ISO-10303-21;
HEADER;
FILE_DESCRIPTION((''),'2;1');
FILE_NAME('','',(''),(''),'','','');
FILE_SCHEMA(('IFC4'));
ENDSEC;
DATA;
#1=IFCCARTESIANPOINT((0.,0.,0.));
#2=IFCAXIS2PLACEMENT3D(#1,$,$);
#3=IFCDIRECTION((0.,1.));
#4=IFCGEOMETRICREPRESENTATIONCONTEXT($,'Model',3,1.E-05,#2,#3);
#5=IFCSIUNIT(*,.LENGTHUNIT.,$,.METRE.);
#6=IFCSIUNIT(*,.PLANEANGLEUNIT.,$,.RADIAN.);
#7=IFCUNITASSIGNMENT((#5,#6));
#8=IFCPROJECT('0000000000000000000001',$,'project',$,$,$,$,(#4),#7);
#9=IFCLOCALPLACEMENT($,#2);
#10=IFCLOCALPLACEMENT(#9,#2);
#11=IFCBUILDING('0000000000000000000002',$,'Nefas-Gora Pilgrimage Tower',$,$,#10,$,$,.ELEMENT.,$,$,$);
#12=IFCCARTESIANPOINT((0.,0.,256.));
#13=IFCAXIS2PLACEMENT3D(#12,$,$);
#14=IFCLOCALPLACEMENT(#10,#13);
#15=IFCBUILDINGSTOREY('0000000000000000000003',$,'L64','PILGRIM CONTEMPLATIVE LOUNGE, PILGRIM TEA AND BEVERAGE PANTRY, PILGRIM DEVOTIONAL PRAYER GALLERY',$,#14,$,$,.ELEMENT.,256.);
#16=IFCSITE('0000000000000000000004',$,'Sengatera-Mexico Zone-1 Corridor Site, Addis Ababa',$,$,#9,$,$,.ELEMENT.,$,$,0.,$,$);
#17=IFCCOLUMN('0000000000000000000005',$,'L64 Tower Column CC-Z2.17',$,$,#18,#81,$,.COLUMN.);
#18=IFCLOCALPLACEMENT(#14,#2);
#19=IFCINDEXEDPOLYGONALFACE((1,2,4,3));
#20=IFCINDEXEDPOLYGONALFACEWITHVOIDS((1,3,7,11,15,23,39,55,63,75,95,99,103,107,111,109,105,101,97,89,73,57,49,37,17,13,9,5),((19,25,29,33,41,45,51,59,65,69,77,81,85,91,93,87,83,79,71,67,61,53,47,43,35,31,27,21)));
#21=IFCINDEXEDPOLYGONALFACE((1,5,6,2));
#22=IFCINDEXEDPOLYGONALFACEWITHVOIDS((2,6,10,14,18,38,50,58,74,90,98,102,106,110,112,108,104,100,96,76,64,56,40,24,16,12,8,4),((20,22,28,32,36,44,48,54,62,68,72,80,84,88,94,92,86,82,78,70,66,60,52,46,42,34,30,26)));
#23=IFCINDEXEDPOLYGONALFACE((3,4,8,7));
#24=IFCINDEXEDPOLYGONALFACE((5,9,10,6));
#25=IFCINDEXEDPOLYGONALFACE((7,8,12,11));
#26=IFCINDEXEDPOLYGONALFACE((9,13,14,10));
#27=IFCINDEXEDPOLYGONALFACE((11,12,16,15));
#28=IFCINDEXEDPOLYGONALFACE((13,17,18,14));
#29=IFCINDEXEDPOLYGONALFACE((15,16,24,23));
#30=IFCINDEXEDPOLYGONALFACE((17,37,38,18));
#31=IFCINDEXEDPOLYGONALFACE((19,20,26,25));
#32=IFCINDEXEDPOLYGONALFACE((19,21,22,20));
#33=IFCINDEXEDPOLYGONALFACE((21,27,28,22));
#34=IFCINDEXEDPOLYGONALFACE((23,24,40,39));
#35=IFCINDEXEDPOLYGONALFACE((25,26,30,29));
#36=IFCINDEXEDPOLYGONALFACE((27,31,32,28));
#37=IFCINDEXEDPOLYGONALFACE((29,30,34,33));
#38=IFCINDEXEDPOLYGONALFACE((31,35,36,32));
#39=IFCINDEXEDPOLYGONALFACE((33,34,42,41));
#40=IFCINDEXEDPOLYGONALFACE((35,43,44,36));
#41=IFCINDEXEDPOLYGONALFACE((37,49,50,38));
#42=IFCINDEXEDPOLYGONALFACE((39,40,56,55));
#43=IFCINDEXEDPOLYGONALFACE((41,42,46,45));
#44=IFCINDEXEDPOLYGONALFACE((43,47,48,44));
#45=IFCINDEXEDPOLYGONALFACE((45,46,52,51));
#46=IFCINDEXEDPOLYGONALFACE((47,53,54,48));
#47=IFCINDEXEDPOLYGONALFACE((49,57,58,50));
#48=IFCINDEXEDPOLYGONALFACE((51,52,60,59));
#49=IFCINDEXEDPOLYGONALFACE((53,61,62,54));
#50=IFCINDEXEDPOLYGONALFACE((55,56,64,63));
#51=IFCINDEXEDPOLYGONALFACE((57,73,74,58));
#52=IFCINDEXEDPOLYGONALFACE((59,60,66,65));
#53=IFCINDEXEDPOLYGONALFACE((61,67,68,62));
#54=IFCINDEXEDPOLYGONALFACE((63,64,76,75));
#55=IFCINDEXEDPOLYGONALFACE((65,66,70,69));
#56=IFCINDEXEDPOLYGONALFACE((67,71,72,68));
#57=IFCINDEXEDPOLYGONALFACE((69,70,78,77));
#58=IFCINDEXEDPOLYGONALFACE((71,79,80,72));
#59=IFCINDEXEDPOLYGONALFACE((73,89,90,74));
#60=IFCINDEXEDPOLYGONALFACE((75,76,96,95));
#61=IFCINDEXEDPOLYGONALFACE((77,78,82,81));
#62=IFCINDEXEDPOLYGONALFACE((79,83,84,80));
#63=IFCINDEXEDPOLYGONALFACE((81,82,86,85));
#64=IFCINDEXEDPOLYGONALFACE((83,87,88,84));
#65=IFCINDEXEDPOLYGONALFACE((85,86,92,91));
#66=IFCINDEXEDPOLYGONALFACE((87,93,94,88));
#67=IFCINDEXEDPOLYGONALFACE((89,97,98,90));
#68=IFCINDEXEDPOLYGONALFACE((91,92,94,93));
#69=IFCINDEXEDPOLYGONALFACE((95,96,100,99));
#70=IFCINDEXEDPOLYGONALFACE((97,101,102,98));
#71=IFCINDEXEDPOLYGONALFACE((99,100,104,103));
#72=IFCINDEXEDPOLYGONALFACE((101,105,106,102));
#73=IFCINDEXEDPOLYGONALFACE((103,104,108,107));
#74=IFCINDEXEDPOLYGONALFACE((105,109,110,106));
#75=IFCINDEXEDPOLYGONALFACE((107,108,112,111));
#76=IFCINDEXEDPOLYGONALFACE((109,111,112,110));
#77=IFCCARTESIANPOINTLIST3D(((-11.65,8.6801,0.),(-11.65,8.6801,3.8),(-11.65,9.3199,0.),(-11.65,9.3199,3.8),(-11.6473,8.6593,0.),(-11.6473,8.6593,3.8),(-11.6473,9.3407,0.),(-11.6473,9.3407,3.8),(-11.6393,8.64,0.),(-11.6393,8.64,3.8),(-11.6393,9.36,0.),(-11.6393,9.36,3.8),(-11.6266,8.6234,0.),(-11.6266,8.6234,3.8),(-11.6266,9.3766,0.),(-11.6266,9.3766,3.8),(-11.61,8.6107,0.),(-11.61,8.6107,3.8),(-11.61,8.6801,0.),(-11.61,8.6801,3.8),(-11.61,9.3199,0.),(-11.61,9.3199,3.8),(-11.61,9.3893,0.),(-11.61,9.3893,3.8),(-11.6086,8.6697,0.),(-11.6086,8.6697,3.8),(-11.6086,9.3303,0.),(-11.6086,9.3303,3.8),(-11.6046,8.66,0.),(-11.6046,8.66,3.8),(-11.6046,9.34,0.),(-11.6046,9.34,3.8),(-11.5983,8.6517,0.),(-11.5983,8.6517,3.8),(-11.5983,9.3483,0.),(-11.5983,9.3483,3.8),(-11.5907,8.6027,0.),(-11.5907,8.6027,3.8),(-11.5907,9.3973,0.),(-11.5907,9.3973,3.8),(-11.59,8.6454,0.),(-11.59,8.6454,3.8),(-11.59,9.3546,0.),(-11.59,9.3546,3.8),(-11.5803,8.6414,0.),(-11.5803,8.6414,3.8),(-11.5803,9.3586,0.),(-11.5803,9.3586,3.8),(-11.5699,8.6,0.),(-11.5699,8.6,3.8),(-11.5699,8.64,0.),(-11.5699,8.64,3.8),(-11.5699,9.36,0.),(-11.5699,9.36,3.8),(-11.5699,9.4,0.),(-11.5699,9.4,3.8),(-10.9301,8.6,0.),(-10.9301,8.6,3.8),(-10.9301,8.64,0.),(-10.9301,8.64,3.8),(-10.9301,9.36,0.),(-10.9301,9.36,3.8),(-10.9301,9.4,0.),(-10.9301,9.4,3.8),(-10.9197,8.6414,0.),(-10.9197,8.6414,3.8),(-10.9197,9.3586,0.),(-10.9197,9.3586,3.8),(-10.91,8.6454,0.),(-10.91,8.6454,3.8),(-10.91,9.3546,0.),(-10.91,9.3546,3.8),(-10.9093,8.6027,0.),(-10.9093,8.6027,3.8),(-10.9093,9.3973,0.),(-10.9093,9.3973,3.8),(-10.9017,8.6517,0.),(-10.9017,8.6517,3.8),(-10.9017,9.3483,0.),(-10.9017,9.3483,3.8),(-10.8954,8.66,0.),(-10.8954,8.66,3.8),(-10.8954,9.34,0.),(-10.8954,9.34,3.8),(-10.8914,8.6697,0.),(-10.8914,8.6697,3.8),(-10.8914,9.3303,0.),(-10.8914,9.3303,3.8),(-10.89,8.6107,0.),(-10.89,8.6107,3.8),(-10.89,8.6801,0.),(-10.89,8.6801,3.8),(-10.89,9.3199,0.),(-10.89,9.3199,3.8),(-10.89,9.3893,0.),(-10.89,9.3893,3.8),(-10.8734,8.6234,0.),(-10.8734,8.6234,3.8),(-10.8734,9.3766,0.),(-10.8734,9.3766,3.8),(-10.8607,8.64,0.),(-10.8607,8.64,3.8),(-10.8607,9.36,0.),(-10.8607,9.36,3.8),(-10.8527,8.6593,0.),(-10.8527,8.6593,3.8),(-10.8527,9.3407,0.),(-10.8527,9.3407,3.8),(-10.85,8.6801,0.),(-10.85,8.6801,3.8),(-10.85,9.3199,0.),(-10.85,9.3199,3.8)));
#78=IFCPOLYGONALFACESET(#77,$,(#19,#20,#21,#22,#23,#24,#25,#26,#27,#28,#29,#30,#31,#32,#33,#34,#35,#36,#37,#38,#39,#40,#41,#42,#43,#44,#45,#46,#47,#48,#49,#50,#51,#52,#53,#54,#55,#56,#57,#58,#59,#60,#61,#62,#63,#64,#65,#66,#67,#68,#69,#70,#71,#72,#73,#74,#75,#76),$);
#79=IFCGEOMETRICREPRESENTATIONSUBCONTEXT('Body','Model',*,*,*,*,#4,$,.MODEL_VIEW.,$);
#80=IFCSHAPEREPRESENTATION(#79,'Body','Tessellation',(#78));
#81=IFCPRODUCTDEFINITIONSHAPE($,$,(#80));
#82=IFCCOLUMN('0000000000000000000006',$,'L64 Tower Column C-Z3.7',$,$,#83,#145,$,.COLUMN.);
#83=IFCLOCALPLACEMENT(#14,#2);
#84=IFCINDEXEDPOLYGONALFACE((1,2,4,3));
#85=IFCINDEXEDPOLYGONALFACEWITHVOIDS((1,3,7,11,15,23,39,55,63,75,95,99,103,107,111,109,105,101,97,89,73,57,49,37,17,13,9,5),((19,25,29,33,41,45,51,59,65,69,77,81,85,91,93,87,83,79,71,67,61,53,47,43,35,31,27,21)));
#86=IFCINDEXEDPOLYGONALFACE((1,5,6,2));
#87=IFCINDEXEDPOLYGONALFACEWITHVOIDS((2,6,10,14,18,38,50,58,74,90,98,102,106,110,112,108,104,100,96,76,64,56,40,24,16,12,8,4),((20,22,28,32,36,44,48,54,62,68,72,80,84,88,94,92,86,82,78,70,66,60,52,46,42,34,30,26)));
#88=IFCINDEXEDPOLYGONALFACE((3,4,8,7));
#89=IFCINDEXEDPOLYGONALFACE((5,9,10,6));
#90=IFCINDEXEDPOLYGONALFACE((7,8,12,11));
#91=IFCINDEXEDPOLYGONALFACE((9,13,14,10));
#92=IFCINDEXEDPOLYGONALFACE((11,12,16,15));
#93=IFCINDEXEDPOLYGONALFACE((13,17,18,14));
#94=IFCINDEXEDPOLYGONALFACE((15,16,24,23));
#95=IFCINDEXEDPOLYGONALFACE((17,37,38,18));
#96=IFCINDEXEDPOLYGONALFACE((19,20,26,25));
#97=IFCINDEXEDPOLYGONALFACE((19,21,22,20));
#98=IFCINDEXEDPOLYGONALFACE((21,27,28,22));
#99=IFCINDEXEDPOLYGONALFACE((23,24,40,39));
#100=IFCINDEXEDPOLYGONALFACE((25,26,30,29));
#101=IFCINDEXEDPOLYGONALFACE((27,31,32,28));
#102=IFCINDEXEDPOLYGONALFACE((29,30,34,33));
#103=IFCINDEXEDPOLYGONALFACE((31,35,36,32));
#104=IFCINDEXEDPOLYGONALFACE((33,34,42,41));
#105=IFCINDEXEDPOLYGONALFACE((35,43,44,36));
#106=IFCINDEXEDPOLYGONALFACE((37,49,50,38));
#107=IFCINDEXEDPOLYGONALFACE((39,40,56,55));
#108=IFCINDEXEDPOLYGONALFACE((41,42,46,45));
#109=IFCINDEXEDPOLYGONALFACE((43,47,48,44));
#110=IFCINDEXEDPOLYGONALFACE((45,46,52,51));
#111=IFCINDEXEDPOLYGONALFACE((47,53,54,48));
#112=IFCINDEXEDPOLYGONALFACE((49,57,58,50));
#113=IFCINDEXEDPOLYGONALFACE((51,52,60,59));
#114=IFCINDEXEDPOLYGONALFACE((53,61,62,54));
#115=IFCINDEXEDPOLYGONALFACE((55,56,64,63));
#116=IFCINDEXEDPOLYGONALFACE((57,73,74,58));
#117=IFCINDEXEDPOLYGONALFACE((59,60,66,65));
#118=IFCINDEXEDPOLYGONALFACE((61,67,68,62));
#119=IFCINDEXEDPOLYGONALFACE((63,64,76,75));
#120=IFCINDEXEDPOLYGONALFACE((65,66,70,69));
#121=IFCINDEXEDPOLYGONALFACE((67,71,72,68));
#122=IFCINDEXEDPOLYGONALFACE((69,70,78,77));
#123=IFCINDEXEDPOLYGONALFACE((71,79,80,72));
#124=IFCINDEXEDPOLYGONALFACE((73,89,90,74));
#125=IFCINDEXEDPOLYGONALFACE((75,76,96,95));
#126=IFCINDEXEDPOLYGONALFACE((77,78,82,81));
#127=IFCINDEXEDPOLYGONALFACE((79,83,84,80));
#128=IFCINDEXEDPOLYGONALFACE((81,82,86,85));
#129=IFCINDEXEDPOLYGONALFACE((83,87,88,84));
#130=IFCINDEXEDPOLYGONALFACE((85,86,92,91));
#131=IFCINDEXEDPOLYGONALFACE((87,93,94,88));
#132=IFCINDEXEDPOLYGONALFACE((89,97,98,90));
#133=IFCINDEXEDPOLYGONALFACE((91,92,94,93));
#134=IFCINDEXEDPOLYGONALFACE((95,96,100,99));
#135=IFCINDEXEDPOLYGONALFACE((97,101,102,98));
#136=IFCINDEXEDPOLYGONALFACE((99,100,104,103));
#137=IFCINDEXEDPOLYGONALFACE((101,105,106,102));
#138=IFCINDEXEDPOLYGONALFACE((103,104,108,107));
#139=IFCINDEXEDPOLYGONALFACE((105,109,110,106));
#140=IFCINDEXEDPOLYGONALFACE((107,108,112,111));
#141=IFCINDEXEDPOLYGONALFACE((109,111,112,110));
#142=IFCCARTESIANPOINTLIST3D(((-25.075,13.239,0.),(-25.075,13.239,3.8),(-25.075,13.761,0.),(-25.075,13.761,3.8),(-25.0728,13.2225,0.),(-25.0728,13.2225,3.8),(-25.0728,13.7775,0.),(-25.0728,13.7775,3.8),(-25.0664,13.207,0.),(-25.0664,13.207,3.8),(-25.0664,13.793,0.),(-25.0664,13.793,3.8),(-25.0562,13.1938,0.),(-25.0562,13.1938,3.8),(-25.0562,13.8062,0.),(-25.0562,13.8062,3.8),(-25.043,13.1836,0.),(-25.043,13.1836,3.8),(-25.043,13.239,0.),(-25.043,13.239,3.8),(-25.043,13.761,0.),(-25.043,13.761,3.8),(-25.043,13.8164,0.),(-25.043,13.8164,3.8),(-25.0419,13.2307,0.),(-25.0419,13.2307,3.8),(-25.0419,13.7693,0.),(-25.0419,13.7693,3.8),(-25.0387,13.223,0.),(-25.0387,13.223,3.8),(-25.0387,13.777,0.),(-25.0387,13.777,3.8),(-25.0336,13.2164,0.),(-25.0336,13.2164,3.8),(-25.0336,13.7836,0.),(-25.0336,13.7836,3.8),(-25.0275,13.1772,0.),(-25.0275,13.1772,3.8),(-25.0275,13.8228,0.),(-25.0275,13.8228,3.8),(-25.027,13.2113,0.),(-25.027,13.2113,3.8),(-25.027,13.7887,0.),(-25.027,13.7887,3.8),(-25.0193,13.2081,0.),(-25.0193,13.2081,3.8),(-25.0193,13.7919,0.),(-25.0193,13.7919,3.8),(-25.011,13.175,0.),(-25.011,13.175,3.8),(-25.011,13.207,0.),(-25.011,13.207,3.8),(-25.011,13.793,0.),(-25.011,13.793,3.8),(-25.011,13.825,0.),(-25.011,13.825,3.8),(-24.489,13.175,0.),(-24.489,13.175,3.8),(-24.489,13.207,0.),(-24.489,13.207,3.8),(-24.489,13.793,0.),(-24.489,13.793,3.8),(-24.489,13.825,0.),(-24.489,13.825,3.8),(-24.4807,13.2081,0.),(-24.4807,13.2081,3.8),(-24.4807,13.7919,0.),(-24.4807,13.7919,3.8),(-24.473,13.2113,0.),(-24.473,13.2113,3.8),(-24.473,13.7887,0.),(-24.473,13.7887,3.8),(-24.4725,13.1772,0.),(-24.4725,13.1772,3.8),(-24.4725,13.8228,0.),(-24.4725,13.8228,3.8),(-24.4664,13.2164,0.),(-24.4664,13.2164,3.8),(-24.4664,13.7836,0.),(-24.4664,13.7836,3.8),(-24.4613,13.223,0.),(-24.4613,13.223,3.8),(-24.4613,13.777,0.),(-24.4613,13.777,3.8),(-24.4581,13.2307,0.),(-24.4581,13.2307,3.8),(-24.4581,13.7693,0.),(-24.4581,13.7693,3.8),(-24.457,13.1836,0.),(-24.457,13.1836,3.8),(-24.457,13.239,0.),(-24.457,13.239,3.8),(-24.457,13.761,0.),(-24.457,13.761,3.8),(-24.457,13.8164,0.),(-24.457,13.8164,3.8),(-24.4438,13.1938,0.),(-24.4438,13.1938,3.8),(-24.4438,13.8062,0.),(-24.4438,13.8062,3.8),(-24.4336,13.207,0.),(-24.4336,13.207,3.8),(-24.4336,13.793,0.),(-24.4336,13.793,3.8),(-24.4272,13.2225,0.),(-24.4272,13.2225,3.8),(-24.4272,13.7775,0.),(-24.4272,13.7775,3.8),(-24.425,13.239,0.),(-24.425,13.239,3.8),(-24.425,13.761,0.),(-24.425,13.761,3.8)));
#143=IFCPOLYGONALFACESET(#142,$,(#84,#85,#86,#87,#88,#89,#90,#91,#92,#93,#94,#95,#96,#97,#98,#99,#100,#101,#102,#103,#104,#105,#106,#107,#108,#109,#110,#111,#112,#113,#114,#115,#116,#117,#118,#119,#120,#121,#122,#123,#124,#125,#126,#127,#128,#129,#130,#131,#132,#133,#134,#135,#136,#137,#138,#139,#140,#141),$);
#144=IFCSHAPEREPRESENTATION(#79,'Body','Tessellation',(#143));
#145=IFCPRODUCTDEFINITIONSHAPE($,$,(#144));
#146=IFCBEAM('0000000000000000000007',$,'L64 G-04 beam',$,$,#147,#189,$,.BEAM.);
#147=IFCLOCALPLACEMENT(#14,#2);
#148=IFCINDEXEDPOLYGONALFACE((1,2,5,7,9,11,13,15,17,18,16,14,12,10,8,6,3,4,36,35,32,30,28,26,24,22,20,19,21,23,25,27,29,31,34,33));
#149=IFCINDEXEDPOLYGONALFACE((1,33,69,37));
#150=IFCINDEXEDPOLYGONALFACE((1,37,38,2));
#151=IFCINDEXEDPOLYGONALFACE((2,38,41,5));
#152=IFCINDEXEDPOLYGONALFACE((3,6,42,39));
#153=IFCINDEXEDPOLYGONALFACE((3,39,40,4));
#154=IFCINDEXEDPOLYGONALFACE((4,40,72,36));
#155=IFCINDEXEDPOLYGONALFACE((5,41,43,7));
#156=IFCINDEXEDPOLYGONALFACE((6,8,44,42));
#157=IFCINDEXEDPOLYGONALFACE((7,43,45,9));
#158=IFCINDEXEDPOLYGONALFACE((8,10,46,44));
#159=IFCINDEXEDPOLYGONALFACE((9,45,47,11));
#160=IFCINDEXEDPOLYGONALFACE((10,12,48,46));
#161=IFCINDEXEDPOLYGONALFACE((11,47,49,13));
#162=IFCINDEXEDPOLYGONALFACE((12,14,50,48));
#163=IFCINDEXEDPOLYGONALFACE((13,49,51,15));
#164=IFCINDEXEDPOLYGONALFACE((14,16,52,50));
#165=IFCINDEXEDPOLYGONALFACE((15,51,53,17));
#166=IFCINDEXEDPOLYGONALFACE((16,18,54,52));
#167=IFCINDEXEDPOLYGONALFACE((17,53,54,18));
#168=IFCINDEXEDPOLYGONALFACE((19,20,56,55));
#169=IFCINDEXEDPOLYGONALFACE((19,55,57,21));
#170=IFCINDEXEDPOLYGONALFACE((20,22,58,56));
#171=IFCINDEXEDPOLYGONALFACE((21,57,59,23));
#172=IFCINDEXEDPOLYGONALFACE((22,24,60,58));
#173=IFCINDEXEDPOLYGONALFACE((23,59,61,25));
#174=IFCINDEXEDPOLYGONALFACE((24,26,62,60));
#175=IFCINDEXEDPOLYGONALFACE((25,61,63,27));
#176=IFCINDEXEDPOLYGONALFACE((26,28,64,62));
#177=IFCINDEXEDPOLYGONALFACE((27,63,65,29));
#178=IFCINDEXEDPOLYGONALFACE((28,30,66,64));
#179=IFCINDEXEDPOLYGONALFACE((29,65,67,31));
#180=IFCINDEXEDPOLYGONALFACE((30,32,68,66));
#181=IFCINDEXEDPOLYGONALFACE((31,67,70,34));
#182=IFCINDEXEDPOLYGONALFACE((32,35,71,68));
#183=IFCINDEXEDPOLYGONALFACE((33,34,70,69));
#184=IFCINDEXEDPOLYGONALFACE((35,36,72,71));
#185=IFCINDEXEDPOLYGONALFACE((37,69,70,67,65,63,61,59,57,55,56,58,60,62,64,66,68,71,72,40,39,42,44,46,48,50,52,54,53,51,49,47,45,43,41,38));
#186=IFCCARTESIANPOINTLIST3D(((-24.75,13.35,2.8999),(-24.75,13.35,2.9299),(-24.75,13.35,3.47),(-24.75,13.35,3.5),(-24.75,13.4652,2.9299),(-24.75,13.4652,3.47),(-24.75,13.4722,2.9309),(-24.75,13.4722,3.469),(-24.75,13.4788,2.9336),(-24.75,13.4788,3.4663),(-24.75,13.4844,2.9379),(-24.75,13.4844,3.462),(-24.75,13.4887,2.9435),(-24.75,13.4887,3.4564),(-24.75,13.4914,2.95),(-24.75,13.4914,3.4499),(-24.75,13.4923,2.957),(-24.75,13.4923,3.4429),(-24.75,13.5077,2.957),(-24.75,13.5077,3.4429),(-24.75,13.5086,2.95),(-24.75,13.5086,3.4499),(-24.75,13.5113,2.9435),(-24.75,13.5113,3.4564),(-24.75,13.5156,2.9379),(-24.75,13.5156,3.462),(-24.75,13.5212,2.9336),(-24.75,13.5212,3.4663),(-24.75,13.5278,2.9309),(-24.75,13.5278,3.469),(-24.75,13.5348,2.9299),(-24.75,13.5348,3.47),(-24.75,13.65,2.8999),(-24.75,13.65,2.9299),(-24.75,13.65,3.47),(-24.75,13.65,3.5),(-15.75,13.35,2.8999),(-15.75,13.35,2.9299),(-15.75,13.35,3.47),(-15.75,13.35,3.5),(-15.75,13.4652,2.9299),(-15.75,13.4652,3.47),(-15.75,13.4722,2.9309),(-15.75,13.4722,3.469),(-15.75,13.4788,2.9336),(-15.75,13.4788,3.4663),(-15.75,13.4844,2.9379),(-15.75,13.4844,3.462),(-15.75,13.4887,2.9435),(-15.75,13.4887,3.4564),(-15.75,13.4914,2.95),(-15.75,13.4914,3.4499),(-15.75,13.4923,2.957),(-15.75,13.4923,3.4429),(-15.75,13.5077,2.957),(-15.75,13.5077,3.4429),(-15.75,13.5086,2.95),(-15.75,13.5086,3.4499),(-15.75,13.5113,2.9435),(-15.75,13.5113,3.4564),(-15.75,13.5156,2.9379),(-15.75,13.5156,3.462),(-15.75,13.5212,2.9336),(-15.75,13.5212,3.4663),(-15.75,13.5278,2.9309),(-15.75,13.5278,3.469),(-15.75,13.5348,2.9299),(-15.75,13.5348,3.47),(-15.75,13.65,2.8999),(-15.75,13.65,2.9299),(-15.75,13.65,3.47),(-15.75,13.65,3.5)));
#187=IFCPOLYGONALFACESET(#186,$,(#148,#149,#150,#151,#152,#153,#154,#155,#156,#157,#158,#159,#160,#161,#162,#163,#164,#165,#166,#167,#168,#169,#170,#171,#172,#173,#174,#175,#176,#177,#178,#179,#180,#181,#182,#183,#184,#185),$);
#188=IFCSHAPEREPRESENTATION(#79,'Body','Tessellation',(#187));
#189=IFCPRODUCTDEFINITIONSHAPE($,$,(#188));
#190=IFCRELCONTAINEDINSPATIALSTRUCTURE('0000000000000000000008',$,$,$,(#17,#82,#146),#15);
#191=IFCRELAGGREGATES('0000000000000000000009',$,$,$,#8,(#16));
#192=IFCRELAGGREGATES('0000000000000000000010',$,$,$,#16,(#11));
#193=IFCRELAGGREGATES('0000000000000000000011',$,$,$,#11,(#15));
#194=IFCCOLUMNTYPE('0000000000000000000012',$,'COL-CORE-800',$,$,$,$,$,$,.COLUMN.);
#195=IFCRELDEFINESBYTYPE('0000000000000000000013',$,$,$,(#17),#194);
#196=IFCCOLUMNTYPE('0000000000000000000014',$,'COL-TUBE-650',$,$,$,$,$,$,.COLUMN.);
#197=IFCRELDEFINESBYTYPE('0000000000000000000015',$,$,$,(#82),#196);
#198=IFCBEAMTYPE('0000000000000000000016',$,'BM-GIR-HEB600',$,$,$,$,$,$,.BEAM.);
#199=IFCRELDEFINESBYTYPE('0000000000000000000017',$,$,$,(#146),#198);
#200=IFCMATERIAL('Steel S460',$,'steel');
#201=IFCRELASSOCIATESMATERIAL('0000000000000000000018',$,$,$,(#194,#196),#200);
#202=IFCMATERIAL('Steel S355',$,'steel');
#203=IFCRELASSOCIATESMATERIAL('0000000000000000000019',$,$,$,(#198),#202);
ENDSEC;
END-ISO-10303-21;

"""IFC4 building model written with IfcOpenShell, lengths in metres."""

from ifc_helpers import new_model, si_unit, direction, frame, origin, origin_2d, place, context, subcontext, project, spatial, hollow_rectangle, i_section, extrude, source, transform, mapped, material, material_profile, profile_set, type_object, element, save


model = new_model("IFC4")

# Units and contexts
model_context = context("Model", 3, precision=1e-05, world=origin(), true_north=direction((0.0, 1.0)))
body_context = subcontext(model_context, "Body", "Model", "MODEL_VIEW")
ifc_project = project(units=[si_unit("LENGTHUNIT", "METRE"), si_unit("PLANEANGLEUNIT", "RADIAN")], contexts=[model_context])

# Site, building, storey
site_placement = place(None, origin())
site = spatial("IfcSite", under=ifc_project, at=site_placement, Name="Sengatera-Mexico Zone-1 Corridor Site, Addis Ababa", CompositionType="ELEMENT", RefElevation=0.0)
building_placement = place(site_placement, origin())
building = spatial("IfcBuilding", under=site, at=building_placement, Name="Nefas-Gora Pilgrimage Tower", CompositionType="ELEMENT")
storey_placement = place(building_placement, frame((0.0, 0.0, 256.0)))
storey = spatial("IfcBuildingStorey", under=building, at=storey_placement, Name="L64", Description="PILGRIM CONTEMPLATIVE LOUNGE, PILGRIM TEA AND BEVERAGE PANTRY, PILGRIM DEVOTIONAL PRAYER GALLERY", CompositionType="ELEMENT", Elevation=256.0)

# Columns
ifc_material_1 = material(Name="Steel S460", Category="steel")
ifc_material_profile_1 = material_profile(ifc_material_1, hollow_rectangle(XDim=0.8, YDim=0.8, WallThickness=0.04, InnerFilletRadius=0.04, OuterFilletRadius=0.0801, at=origin_2d()), Name="BOX 800x800x40")
ifc_profile_set_1 = profile_set([ifc_material_profile_1], Name="Steel S460")
column_type_1 = type_object("IfcColumnType", Name="COL-CORE-800", PredefinedType="COLUMN", material=ifc_profile_set_1)
shared_shape_1 = source(origin(), body_context, "Body", "SweptSolid", [
    extrude(hollow_rectangle(XDim=0.8, YDim=0.8, WallThickness=0.04, InnerFilletRadius=0.04, OuterFilletRadius=0.0801, at=origin_2d()), origin(), (0.0, 0.0, 1.0), 3.8),
])
column_1_placement = place(storey_placement, frame((-11.25, 9.0, 0.0), z_axis=(0.0, 0.0, 1.0), x_axis=(1.0, 0.0, 0.0)))
element("IfcColumn", 1, at=column_1_placement, inside=storey, type_object=column_type_1, Name="L64 Tower Column CC-Z2.17", PredefinedType="COLUMN", context=body_context, shape_type="MappedRepresentation", body=[
    mapped(shared_shape_1, transform((0.0, 0.0, 0.0), x_axis=(1.0, 0.0, 0.0), y_axis=(0.0, 1.0, 0.0), z_axis=(0.0, 0.0, 1.0), scale=1.0)),
])
ifc_material_profile_2 = material_profile(ifc_material_1, hollow_rectangle(XDim=0.6499, YDim=0.6499, WallThickness=0.032, InnerFilletRadius=0.032, OuterFilletRadius=0.064, at=origin_2d()), Name="BOX 650x650x32")
ifc_profile_set_2 = profile_set([ifc_material_profile_2], Name="Steel S460")
column_type_2 = type_object("IfcColumnType", Name="COL-TUBE-650", PredefinedType="COLUMN", material=ifc_profile_set_2)
shared_shape_2 = source(origin(), body_context, "Body", "SweptSolid", [
    extrude(hollow_rectangle(XDim=0.6499, YDim=0.6499, WallThickness=0.032, InnerFilletRadius=0.032, OuterFilletRadius=0.064, at=origin_2d()), origin(), (0.0, 0.0, 1.0), 3.8),
])
column_2_placement = place(storey_placement, frame((-24.75, 13.5, 0.0), z_axis=(0.0, 0.0, 1.0), x_axis=(1.0, 0.0, 0.0)))
element("IfcColumn", 2, at=column_2_placement, inside=storey, type_object=column_type_2, Name="L64 Tower Column C-Z3.7", PredefinedType="COLUMN", context=body_context, shape_type="MappedRepresentation", body=[
    mapped(shared_shape_2, transform((0.0, 0.0, 0.0), x_axis=(1.0, 0.0, 0.0), y_axis=(0.0, 1.0, 0.0), z_axis=(0.0, 0.0, 1.0), scale=1.0)),
])

# Beam
ifc_material_2 = material(Name="Steel S355", Category="steel")
ifc_material_profile_3 = material_profile(ifc_material_2, i_section(OverallWidth=0.3, OverallDepth=0.6001, WebThickness=0.0154, FlangeThickness=0.03, FilletRadius=0.0271, at=origin_2d()), Name="HEB 600")
ifc_profile_set_3 = profile_set([ifc_material_profile_3], Name="Steel S355")
beam_type = type_object("IfcBeamType", Name="BM-GIR-HEB600", PredefinedType="BEAM", material=ifc_profile_set_3)
shared_shape_3 = source(origin(), body_context, "Body", "SweptSolid", [
    extrude(i_section(OverallWidth=0.3, OverallDepth=0.6001, WebThickness=0.0154, FlangeThickness=0.03, FilletRadius=0.0271, at=origin_2d()), origin(), (0.0, 0.0, 1.0), 9.0),
])
for number, where, z_axis, x_axis, name in (
    (3, (-24.75, 13.5, 3.2), (1.0, 0.0, 0.0), (0.0, 1.0, 0.0), "L64 G-04 beam"),
):
    element("IfcBeam", number, at=place(storey_placement, frame(where, z_axis=z_axis, x_axis=x_axis)), inside=storey, type_object=beam_type, Name=name, PredefinedType="BEAM", context=body_context, shape_type="MappedRepresentation", body=[
        mapped(shared_shape_3, transform((0.0, 0.0, 0.0), x_axis=(1.0, 0.0, 0.0), y_axis=(0.0, 1.0, 0.0), z_axis=(0.0, 0.0, 1.0), scale=1.0)),
    ])

save(model, "model.ifc")
